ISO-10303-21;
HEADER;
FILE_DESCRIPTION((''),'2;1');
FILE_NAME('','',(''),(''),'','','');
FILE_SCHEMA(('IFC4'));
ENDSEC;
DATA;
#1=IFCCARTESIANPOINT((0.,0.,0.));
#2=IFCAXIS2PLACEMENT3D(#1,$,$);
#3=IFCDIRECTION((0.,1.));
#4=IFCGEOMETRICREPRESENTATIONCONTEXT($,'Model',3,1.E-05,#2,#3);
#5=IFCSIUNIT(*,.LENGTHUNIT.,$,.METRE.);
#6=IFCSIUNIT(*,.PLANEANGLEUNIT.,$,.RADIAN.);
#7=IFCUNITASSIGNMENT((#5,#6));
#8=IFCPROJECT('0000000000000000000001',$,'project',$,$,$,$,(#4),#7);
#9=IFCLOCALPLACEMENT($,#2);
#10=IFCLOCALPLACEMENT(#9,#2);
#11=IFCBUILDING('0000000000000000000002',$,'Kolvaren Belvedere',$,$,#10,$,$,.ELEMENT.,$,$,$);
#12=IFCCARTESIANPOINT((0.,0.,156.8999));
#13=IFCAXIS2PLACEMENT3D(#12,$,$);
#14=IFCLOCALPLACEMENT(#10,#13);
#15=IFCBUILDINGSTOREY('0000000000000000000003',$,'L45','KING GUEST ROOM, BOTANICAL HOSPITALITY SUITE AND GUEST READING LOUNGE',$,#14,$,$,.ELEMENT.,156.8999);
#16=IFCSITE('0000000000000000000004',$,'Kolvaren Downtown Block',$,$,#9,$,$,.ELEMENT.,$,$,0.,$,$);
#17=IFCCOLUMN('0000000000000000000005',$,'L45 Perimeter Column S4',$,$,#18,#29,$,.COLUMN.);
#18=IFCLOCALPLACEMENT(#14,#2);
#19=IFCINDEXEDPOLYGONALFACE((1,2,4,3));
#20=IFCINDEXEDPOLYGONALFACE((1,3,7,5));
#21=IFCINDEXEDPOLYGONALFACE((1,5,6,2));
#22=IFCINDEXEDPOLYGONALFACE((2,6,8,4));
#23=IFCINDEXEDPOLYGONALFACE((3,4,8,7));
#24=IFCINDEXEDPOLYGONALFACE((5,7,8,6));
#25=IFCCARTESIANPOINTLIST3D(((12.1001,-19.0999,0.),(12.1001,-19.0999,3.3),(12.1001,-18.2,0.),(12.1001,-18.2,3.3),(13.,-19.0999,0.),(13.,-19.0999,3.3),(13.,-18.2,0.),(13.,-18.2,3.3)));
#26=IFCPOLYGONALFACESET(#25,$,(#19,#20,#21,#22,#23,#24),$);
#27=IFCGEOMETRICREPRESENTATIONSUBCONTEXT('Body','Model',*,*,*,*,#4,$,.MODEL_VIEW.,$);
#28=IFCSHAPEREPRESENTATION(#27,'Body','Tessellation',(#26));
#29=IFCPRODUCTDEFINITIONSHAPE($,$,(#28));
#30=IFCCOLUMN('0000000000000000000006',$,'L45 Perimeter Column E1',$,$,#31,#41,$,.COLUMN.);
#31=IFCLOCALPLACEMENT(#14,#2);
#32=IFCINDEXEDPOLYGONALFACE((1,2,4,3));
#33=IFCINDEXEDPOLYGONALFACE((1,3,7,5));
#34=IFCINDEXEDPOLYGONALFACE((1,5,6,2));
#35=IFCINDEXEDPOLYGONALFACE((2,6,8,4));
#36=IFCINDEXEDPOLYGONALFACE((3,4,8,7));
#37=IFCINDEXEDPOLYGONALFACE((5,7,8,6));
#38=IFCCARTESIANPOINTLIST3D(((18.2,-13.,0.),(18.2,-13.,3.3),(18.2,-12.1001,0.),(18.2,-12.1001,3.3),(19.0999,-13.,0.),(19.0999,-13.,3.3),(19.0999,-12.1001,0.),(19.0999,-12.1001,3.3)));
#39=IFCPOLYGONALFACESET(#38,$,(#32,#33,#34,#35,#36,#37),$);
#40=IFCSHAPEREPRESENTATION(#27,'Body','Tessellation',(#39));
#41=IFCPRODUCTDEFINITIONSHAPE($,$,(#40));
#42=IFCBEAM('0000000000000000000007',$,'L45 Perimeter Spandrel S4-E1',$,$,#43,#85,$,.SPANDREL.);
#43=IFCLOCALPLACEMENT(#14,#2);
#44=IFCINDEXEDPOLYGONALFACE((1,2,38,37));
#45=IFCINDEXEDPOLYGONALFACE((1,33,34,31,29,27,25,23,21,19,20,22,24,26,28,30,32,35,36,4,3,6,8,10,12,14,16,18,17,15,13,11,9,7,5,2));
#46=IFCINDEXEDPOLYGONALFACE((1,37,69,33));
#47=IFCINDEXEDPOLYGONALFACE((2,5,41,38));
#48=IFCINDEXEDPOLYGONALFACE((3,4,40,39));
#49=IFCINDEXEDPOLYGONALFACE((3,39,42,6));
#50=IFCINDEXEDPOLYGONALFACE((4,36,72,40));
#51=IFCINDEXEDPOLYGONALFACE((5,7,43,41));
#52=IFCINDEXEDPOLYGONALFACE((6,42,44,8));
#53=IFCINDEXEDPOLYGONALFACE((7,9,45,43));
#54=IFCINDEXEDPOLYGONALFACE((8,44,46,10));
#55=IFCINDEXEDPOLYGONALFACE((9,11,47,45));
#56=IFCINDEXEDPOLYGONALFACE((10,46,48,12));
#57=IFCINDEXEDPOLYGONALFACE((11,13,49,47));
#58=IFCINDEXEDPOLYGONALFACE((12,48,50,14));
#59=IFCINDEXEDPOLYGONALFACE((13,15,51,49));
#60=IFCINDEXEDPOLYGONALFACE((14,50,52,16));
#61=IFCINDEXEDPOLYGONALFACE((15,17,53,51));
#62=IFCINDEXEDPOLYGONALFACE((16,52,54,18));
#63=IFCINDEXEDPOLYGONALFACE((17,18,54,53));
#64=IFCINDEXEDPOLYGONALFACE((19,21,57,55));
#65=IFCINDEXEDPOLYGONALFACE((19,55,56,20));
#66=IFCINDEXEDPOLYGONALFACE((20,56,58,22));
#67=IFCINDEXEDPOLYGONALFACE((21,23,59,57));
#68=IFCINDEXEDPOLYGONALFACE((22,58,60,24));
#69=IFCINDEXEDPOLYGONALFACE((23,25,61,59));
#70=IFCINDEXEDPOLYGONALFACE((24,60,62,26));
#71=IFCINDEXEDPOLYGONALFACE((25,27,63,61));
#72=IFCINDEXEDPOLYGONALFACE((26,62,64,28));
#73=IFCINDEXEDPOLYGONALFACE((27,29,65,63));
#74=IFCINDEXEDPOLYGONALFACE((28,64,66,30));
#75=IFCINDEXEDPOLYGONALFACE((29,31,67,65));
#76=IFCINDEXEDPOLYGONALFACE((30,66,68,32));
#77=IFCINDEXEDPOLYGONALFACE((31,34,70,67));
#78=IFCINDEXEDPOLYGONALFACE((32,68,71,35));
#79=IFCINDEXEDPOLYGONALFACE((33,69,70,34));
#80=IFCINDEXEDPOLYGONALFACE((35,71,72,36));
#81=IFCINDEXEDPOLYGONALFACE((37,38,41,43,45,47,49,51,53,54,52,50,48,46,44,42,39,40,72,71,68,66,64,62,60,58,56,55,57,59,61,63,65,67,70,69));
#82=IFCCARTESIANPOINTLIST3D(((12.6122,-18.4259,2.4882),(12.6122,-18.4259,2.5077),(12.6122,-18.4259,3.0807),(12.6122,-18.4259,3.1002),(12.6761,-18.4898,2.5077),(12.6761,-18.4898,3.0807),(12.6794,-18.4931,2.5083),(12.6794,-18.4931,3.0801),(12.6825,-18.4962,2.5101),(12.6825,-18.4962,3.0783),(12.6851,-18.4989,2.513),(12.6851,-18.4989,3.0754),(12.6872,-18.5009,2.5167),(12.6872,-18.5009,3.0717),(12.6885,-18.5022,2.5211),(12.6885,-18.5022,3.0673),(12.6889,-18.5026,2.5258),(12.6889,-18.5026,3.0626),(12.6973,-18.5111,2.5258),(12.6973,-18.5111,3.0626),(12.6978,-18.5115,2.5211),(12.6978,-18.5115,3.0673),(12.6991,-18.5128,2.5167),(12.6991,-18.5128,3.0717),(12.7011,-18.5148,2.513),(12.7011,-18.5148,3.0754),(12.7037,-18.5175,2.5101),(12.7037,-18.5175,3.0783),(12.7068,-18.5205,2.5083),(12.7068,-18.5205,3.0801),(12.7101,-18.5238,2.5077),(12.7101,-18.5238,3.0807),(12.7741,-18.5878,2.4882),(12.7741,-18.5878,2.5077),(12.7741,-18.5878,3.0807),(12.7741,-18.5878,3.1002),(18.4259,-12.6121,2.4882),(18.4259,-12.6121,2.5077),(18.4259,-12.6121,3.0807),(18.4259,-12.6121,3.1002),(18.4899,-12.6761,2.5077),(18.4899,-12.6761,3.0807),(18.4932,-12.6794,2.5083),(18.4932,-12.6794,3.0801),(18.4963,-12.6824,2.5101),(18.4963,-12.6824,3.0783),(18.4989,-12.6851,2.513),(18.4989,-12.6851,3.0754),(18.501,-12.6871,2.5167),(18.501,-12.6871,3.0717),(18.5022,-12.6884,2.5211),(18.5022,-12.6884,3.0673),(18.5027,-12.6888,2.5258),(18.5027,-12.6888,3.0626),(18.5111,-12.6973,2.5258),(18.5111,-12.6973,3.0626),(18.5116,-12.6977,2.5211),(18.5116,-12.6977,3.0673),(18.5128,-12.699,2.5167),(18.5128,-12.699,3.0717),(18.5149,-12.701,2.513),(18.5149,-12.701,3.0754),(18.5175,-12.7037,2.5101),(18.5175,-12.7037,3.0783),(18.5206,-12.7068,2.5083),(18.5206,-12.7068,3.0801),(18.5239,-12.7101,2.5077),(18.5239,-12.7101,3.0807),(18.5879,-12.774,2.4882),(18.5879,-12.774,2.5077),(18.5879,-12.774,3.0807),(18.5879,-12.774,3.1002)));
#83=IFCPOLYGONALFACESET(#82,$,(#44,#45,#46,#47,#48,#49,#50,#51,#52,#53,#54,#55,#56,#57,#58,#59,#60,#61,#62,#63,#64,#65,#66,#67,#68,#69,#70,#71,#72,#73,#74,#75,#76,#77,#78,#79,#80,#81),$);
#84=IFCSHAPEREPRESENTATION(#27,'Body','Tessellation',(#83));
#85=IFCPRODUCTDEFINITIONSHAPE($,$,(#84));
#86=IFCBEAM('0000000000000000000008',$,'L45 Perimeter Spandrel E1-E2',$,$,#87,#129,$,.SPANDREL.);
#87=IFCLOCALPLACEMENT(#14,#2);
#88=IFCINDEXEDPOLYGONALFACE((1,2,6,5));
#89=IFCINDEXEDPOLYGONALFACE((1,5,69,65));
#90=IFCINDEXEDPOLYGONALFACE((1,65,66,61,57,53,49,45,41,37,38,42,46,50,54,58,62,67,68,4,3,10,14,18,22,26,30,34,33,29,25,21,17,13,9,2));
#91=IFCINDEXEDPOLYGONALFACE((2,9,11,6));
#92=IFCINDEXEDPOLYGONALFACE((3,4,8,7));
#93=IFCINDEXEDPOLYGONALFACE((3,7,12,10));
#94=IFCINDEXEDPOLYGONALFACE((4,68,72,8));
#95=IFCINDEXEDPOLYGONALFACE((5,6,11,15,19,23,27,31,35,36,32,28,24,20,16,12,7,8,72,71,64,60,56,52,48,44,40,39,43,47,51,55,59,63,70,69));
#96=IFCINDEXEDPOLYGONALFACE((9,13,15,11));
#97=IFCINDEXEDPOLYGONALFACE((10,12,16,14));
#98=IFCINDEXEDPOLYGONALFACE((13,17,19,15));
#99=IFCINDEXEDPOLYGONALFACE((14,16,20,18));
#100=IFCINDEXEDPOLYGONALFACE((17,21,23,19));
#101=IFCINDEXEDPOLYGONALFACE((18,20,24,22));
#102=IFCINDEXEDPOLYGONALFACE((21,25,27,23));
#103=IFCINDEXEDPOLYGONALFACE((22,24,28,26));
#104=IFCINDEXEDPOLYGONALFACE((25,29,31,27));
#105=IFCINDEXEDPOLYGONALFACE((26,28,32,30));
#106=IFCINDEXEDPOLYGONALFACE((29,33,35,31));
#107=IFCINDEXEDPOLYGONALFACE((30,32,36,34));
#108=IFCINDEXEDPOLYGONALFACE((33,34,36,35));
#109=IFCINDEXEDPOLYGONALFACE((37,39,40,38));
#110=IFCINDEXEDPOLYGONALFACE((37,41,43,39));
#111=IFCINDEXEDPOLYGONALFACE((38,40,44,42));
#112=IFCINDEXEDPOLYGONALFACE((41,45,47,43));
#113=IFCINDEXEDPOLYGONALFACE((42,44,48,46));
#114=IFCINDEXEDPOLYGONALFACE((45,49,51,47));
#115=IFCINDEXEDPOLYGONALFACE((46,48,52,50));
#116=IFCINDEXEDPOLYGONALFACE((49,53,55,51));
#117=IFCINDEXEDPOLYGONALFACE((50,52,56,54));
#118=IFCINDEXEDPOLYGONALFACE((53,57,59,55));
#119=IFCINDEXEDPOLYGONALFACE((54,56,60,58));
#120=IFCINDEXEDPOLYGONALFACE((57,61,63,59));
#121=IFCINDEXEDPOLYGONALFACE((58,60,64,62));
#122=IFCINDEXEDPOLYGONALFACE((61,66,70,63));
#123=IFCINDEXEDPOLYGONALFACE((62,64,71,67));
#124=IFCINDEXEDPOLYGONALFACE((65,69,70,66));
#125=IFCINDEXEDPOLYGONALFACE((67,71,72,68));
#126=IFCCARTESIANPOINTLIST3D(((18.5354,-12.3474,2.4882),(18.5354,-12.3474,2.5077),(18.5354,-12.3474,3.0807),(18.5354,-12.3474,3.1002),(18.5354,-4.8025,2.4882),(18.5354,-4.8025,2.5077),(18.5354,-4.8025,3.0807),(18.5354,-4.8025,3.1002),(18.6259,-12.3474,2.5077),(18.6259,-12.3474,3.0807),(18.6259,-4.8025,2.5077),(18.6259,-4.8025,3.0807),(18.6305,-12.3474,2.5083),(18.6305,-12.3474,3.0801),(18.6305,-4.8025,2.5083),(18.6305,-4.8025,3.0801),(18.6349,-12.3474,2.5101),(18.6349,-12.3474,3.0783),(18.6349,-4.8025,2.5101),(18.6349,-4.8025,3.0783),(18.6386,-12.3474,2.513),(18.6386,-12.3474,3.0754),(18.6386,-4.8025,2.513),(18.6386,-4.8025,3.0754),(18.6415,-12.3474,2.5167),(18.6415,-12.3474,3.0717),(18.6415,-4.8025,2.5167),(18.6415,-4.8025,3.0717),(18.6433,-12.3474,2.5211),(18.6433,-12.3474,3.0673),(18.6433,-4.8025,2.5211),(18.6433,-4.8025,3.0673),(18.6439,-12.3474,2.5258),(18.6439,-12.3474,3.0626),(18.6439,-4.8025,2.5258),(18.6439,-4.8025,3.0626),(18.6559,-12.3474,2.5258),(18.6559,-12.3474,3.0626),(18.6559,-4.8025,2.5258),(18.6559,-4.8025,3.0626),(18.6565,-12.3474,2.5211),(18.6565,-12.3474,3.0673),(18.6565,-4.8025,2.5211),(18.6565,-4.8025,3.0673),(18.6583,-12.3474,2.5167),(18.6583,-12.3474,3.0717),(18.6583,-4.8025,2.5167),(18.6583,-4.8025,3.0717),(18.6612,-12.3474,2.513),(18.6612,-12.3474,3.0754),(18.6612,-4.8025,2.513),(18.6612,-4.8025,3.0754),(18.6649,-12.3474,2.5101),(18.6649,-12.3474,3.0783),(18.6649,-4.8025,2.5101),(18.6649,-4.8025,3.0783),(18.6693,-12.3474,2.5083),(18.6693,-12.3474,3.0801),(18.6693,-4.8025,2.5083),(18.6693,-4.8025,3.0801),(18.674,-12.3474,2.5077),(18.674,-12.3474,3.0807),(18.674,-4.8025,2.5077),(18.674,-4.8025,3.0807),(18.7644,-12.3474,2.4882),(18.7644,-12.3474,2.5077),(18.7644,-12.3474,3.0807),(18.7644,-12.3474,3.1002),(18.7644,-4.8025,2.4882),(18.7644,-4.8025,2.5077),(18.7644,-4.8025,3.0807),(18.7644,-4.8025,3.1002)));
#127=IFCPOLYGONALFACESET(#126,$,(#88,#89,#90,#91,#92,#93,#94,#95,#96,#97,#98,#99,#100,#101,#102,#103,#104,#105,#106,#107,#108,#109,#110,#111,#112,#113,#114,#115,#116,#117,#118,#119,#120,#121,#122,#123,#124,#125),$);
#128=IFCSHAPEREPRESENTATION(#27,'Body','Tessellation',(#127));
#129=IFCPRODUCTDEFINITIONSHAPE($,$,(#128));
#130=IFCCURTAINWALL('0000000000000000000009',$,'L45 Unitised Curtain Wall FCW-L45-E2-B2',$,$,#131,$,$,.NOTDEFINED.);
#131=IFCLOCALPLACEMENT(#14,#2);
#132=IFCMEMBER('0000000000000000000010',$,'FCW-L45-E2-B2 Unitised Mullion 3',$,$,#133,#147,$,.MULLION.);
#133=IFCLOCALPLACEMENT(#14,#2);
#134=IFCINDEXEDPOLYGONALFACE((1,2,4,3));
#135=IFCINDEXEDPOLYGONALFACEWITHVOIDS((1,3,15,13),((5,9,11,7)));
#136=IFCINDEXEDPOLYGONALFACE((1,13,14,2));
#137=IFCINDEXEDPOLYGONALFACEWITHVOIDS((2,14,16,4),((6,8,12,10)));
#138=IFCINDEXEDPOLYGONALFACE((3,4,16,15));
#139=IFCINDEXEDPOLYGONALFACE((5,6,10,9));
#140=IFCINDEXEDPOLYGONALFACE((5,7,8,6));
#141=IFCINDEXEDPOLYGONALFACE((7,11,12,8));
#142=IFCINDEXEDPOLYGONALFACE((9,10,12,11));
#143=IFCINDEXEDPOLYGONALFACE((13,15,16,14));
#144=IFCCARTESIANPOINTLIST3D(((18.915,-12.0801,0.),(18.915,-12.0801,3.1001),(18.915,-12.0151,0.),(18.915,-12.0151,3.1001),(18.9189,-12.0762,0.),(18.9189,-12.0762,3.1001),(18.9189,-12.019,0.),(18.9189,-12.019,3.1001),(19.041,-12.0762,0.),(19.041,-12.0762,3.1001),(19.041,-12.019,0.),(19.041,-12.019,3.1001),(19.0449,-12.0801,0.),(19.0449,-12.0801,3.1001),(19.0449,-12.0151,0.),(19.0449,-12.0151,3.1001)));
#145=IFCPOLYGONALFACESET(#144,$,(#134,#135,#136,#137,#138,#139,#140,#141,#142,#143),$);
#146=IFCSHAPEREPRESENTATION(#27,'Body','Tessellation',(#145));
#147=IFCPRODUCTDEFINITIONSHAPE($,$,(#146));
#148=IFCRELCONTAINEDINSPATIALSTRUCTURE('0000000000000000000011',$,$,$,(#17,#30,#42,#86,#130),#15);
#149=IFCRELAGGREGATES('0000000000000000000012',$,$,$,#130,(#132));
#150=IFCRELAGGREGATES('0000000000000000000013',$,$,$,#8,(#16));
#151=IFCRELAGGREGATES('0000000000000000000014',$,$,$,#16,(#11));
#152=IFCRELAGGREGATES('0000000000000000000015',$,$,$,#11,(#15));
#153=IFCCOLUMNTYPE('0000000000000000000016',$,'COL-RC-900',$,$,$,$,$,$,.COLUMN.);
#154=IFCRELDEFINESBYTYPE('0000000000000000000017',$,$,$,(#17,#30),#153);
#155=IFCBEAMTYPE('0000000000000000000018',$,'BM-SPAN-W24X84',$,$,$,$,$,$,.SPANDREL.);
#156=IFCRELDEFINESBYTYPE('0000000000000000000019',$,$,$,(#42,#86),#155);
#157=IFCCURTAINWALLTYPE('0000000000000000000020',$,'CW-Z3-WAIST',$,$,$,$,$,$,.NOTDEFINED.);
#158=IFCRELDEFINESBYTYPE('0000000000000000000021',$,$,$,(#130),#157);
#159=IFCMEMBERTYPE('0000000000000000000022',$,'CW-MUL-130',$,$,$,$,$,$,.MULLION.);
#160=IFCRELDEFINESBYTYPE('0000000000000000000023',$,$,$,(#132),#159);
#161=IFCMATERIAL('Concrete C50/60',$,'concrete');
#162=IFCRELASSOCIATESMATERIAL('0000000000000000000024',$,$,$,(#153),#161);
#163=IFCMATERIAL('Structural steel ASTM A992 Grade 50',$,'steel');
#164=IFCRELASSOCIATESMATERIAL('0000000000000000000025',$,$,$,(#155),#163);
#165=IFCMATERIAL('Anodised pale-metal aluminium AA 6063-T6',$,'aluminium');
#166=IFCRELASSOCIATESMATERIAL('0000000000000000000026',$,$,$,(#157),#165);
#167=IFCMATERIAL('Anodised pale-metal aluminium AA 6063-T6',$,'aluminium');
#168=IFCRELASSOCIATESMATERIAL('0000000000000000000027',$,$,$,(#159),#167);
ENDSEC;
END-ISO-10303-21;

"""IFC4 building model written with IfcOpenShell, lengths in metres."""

from ifc_helpers import new_model, si_unit, direction, frame, origin, origin_2d, place, context, subcontext, project, spatial, rectangle, hollow_rectangle, i_section, extrude, material, material_profile, profile_set, type_object, element, aggregate, save


model = new_model("IFC4")

# Units and contexts
model_context = context("Model", 3, precision=1e-05, world=origin(), true_north=direction((0.0, 1.0)))
body_context = subcontext(model_context, "Body", "Model", "MODEL_VIEW")
ifc_project = project(units=[si_unit("LENGTHUNIT", "METRE"), si_unit("PLANEANGLEUNIT", "RADIAN")], contexts=[model_context])

# Site, building, storey
site_placement = place(None, origin())
site = spatial("IfcSite", under=ifc_project, at=site_placement, Name="Kolvaren Downtown Block", CompositionType="ELEMENT", RefElevation=0.0)
building_placement = place(site_placement, origin())
building = spatial("IfcBuilding", under=site, at=building_placement, Name="Kolvaren Belvedere", CompositionType="ELEMENT")
storey_placement = place(building_placement, frame((0.0, 0.0, 156.8999)))
storey = spatial("IfcBuildingStorey", under=building, at=storey_placement, Name="L45", Description="KING GUEST ROOM, BOTANICAL HOSPITALITY SUITE AND GUEST READING LOUNGE", CompositionType="ELEMENT", Elevation=156.8999)

# Columns
ifc_material_1 = material(Name="Concrete C50/60", Category="concrete")
ifc_material_profile_1 = material_profile(ifc_material_1, rectangle(XDim=0.8999, YDim=0.8999, at=origin_2d()), Name="RC 900X900")
ifc_profile_set_1 = profile_set([ifc_material_profile_1], Name="Concrete C50/60")
column_type = type_object("IfcColumnType", Name="COL-RC-900", PredefinedType="COLUMN", material=ifc_profile_set_1)
for number, where, z_axis, x_axis, name in (
    (1, (12.55, -18.6499, 0.0), (0.0, 0.0, 1.0), (1.0, 0.0, 0.0), "L45 Perimeter Column S4"),
    (2, (18.6499, -12.55, 0.0), (0.0, 0.0, 1.0), (1.0, 0.0, 0.0), "L45 Perimeter Column E1"),
):
    element("IfcColumn", number, at=place(storey_placement, frame(where, z_axis=z_axis, x_axis=x_axis)), inside=storey, type_object=column_type, Name=name, PredefinedType="COLUMN", context=body_context, shape_type="SweptSolid", body=[
        extrude(rectangle(XDim=0.8999, YDim=0.8999, at=origin_2d()), origin(), (0.0, 0.0, 1.0), 3.3),
    ])

# Beams
ifc_material_2 = material(Name="Structural steel ASTM A992 Grade 50", Category="steel")
ifc_material_profile_2 = material_profile(ifc_material_2, i_section(OverallWidth=0.229, OverallDepth=0.6121, WebThickness=0.012, FlangeThickness=0.0195, FilletRadius=0.0181, at=origin_2d()), Name="W24X84")
ifc_profile_set_2 = profile_set([ifc_material_profile_2], Name="Structural steel ASTM A992 Grade 50")
beam_type = type_object("IfcBeamType", Name="BM-SPAN-W24X84", PredefinedType="SPANDREL", material=ifc_profile_set_2)
beam_1_placement = place(storey_placement, frame((12.6931, -18.5068, 2.7942), z_axis=(0.707107, 0.707107, 0.0), x_axis=(-0.707107, 0.707107, 0.0)))
element("IfcBeam", 3, at=beam_1_placement, inside=storey, type_object=beam_type, Name="L45 Perimeter Spandrel S4-E1", PredefinedType="SPANDREL", context=body_context, shape_type="SweptSolid", body=[
    extrude(i_section(OverallWidth=0.229, OverallDepth=0.6121, WebThickness=0.012, FlangeThickness=0.0195, FilletRadius=0.0181, at=origin_2d()), origin(), (0.0, 0.0, 1.0), 8.2219),
])
beam_2_placement = place(storey_placement, frame((18.6499, -12.3474, 2.7942), z_axis=(0.0, 1.0, 0.0), x_axis=(-1.0, 0.0, 0.0)))
element("IfcBeam", 4, at=beam_2_placement, inside=storey, type_object=beam_type, Name="L45 Perimeter Spandrel E1-E2", PredefinedType="SPANDREL", context=body_context, shape_type="SweptSolid", body=[
    extrude(i_section(OverallWidth=0.229, OverallDepth=0.6121, WebThickness=0.012, FlangeThickness=0.0195, FilletRadius=0.0181, at=origin_2d()), origin(), (0.0, 0.0, 1.0), 7.5449),
])

# Curtain wall, member
ifc_material_3 = material(Name="Anodised pale-metal aluminium AA 6063-T6", Category="aluminium")
curtain_wall_type = type_object("IfcCurtainWallType", Name="CW-Z3-WAIST", PredefinedType="NOTDEFINED", material=ifc_material_3)
curtain_wall_placement = place(storey_placement, origin())
curtain_wall = element("IfcCurtainWall", 5, at=curtain_wall_placement, inside=storey, type_object=curtain_wall_type, Name="L45 Unitised Curtain Wall FCW-L45-E2-B2", PredefinedType="NOTDEFINED")
ifc_material_4 = material(Name="Anodised pale-metal aluminium AA 6063-T6", Category="aluminium")
ifc_material_profile_3 = material_profile(ifc_material_4, hollow_rectangle(XDim=0.0649, YDim=0.1299, WallThickness=0.0039, at=origin_2d()), Name="ALU-MUL-130X65")
ifc_profile_set_3 = profile_set([ifc_material_profile_3], Name="Anodised pale-metal aluminium AA 6063-T6")
member_type = type_object("IfcMemberType", Name="CW-MUL-130", PredefinedType="MULLION", material=ifc_profile_set_3)
member_placement = place(storey_placement, frame((18.98, -12.0476, 0.0), z_axis=(0.0, 0.0, 1.0), x_axis=(0.0, 1.0, 0.0)))
member = element("IfcMember", 6, at=member_placement, type_object=member_type, Name="FCW-L45-E2-B2 Unitised Mullion 3", PredefinedType="MULLION", context=body_context, shape_type="SweptSolid", body=[
    extrude(hollow_rectangle(XDim=0.0649, YDim=0.1299, WallThickness=0.0039, at=origin_2d()), origin(), (0.0, 0.0, 1.0), 3.1001),
])
aggregate(curtain_wall, [member])

save(model, "model.ifc")
